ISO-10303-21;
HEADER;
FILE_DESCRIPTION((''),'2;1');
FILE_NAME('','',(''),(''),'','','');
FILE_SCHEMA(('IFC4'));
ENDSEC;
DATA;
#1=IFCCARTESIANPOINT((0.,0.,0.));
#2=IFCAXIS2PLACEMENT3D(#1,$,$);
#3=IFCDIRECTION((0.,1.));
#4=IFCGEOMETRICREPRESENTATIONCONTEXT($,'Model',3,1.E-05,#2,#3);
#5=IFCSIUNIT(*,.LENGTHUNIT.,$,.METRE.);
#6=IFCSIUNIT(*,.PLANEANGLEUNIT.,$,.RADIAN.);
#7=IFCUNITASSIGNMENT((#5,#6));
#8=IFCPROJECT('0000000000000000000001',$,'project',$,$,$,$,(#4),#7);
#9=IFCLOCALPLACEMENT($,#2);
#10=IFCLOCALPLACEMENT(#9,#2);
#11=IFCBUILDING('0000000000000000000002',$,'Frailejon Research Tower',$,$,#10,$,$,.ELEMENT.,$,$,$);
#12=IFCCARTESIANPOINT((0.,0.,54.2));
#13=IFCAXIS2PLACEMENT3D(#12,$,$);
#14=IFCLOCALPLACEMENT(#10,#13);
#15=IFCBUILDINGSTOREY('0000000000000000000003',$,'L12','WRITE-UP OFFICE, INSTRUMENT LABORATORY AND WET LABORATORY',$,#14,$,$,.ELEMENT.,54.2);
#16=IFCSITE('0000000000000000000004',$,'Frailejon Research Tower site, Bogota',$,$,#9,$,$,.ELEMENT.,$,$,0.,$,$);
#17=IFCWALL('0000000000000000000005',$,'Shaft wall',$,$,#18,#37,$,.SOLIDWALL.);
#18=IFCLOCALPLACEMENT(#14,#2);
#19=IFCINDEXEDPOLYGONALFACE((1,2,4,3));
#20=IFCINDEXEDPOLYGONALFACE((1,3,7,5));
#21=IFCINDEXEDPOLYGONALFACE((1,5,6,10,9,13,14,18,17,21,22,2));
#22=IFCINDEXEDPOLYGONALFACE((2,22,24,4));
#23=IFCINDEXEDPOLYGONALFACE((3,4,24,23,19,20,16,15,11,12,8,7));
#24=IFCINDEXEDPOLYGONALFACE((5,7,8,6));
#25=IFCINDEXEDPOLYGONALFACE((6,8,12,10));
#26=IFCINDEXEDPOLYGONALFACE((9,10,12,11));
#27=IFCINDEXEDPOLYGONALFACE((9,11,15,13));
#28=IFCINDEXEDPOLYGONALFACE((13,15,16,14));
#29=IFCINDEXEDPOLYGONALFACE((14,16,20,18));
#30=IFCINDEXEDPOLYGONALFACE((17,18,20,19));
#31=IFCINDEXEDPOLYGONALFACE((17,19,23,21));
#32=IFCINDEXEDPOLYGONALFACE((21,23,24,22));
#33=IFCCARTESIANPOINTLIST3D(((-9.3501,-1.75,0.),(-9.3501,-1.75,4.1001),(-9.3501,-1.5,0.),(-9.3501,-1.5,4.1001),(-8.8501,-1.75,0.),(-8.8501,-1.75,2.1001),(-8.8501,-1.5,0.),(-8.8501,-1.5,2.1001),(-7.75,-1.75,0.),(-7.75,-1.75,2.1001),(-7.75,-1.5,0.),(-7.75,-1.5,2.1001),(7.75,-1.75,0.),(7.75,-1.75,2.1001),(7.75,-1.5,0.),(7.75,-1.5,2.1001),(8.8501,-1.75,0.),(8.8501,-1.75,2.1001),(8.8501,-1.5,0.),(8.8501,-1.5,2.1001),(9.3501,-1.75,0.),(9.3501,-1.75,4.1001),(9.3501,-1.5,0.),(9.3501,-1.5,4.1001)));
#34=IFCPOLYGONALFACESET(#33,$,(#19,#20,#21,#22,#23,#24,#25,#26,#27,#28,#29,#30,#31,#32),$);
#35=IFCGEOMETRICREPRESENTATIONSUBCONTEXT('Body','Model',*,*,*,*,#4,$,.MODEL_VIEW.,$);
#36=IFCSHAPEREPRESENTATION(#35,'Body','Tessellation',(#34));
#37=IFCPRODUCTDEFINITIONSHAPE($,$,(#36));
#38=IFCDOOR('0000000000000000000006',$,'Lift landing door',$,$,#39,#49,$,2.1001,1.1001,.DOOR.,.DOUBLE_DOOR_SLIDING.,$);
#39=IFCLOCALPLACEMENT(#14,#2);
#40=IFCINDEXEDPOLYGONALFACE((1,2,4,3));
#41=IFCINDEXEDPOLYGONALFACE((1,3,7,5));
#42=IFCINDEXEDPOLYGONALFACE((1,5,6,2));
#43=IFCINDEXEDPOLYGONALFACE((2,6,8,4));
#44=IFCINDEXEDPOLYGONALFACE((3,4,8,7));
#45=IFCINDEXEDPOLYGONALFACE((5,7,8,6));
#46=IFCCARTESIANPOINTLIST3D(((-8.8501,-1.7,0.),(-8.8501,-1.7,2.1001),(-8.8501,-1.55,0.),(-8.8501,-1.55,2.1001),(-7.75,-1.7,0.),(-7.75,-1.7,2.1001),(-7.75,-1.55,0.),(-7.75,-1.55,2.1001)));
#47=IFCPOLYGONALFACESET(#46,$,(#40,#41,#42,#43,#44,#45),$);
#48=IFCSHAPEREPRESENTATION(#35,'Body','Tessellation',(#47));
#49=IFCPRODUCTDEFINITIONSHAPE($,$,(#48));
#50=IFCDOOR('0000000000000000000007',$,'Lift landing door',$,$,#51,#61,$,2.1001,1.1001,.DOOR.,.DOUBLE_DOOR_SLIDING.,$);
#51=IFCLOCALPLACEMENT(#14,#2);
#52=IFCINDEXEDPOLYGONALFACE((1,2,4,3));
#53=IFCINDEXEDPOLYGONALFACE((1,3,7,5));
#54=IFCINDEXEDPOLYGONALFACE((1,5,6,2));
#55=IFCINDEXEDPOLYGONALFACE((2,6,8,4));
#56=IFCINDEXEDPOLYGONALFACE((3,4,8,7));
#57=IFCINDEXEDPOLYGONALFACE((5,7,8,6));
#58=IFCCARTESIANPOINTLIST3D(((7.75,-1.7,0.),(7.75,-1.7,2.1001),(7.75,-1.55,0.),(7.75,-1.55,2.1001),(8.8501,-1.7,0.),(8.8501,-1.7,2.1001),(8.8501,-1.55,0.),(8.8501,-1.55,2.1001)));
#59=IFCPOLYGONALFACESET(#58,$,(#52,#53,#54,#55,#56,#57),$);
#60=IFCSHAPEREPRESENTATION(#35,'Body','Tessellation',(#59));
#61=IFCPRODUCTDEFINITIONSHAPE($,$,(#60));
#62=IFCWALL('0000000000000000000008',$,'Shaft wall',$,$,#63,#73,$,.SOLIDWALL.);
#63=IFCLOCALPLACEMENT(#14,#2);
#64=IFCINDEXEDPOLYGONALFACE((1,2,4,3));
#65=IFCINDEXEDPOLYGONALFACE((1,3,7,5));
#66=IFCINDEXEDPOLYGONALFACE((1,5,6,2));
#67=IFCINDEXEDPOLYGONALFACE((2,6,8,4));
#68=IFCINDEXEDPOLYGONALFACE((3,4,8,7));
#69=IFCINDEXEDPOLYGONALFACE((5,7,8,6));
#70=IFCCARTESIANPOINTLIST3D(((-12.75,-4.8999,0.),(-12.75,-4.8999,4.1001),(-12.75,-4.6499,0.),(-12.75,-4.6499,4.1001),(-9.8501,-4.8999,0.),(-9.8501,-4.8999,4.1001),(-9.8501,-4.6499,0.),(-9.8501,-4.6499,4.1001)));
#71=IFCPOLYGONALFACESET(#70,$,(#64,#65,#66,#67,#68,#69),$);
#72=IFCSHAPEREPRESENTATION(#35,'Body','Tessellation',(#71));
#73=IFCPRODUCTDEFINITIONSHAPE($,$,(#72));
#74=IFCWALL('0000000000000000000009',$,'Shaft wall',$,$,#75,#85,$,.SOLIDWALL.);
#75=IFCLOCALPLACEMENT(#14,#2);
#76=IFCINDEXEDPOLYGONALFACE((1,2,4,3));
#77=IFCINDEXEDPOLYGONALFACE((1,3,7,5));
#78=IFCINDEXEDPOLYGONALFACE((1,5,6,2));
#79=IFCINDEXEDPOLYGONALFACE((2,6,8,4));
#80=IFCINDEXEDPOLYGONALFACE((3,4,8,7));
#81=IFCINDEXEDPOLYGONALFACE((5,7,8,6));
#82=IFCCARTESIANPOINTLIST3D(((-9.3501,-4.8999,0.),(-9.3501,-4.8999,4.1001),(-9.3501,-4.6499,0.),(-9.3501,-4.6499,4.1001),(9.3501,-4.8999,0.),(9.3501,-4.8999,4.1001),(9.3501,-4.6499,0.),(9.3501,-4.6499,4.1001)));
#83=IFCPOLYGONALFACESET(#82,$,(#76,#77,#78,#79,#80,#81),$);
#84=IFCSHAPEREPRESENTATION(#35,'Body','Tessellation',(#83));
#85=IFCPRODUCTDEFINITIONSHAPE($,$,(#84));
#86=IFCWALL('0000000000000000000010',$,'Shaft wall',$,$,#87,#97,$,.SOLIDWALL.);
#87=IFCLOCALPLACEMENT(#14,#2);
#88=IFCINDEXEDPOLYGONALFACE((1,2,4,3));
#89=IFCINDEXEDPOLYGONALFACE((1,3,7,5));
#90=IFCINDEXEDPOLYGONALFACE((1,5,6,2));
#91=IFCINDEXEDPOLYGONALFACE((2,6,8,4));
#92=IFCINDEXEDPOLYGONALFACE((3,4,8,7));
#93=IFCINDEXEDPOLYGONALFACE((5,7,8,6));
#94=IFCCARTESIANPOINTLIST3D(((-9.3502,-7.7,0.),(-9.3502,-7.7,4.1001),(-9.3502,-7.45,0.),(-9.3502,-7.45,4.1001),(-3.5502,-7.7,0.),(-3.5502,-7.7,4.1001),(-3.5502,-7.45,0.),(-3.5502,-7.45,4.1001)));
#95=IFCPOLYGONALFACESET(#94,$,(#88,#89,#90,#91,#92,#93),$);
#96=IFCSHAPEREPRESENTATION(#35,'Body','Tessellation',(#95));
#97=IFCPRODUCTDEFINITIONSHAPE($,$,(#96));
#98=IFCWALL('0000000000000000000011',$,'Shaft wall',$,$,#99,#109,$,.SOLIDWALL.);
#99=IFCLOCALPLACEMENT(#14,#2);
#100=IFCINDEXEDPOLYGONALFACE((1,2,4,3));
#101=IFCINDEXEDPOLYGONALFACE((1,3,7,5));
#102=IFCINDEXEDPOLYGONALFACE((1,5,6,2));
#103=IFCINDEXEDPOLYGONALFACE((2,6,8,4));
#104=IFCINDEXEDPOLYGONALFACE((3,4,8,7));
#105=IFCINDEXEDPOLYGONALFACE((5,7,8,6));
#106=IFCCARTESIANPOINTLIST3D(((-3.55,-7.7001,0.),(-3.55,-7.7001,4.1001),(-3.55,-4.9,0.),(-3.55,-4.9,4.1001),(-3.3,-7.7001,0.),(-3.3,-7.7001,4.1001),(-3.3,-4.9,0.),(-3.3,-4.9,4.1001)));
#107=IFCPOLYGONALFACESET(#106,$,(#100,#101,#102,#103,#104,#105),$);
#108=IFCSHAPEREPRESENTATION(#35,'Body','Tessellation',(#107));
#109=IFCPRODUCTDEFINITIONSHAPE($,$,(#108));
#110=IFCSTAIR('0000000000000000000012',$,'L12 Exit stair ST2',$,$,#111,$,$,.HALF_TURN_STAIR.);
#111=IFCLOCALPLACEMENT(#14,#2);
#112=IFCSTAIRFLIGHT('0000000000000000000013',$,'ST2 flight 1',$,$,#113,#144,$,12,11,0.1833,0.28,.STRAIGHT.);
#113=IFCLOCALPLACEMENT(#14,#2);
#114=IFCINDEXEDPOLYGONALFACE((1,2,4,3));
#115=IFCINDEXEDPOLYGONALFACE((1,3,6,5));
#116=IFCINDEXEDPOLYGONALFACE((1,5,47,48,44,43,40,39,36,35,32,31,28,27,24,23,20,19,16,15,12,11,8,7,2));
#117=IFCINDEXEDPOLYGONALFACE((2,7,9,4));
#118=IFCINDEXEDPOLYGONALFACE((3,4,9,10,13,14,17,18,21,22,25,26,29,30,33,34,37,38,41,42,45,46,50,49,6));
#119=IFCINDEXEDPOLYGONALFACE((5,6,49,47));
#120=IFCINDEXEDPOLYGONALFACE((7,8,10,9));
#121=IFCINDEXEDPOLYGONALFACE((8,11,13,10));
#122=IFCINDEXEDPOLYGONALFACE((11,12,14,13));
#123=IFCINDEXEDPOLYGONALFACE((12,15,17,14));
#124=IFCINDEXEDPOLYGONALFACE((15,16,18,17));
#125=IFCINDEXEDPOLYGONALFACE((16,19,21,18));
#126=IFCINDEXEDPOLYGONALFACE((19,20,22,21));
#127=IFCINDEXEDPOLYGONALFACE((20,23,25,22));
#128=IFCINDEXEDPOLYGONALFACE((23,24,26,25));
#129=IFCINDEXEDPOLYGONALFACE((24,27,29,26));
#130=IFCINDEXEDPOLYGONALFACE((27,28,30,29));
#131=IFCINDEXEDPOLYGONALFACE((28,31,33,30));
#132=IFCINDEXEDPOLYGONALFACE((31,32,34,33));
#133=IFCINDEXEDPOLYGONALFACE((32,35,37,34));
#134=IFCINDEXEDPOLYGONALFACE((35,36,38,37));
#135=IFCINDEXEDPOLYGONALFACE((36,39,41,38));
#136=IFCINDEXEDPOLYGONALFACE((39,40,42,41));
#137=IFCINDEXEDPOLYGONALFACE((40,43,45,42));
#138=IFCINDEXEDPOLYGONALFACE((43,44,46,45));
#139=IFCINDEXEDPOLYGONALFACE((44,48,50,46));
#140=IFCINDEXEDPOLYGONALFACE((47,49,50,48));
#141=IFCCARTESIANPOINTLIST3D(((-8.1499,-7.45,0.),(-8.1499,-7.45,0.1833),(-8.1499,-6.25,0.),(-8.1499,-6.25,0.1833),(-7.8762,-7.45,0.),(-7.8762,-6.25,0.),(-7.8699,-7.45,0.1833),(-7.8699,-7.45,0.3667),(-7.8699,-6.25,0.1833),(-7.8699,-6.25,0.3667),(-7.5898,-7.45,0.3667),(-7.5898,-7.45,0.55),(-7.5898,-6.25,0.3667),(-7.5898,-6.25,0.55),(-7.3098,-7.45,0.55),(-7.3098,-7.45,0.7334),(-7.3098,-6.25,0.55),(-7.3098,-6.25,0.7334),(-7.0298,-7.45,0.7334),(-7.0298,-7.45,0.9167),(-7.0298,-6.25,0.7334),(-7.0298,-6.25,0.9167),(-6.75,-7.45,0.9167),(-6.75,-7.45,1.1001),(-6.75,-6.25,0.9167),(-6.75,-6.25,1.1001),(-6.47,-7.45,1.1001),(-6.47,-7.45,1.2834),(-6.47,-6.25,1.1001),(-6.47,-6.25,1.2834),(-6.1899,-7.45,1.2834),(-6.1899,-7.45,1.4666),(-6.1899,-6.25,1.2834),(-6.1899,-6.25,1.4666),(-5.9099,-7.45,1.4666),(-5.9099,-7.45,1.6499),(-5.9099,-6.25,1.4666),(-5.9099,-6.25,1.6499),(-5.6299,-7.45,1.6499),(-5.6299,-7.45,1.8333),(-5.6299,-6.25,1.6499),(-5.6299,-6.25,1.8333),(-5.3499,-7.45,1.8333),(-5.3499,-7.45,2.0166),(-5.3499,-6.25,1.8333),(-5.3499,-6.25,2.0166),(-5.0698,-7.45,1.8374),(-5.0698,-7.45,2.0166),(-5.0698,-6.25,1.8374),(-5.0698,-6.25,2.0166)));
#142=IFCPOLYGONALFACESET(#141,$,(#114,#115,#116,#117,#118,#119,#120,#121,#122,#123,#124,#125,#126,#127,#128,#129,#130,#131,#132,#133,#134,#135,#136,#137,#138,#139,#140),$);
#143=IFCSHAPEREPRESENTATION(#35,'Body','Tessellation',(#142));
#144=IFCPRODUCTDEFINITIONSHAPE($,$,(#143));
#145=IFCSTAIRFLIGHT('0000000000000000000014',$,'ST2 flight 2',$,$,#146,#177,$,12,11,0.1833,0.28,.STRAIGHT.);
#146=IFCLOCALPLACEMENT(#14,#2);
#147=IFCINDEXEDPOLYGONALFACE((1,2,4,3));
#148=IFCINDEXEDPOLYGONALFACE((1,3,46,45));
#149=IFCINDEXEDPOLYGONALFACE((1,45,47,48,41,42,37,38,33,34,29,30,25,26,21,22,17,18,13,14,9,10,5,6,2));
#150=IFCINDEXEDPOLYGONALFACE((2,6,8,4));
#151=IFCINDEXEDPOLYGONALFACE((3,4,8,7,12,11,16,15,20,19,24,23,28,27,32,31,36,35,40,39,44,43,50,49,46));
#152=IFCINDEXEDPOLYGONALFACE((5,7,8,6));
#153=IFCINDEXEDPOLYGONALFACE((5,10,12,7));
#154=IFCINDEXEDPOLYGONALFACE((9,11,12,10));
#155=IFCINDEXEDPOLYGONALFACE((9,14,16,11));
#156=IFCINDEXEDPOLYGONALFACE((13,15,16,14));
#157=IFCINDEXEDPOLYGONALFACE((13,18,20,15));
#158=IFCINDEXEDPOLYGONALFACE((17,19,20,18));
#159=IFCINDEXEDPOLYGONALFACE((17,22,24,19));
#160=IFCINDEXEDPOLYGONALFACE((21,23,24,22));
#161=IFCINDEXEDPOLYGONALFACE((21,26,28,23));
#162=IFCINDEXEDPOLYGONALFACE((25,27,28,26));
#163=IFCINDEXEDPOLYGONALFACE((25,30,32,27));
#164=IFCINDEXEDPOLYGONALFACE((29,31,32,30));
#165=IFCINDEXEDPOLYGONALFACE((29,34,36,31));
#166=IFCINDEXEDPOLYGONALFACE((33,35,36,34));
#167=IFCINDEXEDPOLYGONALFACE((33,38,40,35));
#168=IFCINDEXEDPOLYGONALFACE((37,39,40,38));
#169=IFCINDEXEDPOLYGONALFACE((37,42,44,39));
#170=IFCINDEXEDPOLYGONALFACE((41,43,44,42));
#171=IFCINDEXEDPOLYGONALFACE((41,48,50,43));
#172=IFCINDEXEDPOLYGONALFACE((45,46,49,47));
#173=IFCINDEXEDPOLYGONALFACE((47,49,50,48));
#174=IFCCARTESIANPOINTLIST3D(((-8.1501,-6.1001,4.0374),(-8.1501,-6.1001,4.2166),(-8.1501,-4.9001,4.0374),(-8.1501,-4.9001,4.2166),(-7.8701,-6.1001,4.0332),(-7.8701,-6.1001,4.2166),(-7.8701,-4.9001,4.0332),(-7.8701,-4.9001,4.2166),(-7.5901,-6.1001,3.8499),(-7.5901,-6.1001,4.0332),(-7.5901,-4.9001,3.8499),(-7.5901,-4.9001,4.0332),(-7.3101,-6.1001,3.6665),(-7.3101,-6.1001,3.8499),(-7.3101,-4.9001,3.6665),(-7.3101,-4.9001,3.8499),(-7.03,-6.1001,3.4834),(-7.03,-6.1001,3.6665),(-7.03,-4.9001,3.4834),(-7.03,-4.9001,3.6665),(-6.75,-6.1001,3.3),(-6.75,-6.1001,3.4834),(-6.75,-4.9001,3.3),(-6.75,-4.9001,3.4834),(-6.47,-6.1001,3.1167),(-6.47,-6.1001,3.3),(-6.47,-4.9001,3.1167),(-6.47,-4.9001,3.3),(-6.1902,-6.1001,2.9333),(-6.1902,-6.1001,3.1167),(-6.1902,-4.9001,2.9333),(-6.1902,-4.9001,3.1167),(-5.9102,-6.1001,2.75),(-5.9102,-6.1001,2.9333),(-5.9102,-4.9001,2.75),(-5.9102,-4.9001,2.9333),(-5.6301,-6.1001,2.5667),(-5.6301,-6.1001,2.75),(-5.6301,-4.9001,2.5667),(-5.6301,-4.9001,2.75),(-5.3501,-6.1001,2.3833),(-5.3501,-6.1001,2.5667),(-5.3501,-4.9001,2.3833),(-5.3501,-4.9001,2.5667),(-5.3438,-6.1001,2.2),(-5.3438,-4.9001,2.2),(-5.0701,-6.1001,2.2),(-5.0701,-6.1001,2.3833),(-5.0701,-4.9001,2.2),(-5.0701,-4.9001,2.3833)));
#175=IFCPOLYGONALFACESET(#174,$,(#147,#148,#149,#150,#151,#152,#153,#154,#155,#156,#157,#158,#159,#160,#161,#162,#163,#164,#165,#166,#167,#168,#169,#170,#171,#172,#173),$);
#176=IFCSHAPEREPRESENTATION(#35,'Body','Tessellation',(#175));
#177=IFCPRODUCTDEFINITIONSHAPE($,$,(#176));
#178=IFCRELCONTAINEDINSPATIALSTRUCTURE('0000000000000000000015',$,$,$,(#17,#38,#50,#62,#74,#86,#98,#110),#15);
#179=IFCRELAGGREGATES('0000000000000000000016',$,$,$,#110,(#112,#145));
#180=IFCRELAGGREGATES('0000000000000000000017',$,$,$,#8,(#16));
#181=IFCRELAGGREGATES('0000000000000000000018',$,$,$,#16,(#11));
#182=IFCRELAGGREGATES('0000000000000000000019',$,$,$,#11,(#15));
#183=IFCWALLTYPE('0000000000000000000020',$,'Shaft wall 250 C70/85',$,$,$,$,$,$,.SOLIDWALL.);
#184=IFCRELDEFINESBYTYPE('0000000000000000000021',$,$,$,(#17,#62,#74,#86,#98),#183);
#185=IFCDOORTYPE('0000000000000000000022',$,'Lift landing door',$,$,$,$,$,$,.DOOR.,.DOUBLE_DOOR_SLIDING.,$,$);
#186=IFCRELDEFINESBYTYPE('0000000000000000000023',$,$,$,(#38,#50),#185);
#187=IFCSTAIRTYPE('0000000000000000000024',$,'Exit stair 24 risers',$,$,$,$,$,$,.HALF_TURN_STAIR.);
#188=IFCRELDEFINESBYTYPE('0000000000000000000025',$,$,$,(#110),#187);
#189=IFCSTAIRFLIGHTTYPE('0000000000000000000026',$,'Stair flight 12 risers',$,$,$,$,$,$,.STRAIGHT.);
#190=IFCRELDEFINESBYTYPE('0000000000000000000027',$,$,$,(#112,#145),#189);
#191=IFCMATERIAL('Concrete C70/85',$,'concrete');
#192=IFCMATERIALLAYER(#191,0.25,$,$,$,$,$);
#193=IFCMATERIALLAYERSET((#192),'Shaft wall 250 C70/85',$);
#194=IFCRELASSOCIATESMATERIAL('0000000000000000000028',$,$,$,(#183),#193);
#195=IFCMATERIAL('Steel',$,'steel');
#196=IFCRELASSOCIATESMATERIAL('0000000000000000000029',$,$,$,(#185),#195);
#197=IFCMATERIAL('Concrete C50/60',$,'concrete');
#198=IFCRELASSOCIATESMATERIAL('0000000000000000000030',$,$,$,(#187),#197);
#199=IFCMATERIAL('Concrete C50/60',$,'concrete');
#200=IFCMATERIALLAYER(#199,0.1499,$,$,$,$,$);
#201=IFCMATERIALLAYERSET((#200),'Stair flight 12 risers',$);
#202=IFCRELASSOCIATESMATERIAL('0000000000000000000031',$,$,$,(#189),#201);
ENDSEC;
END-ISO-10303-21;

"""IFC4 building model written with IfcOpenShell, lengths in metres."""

from ifc_helpers import new_model, si_unit, direction, frame, frame_2d, origin, place, context, subcontext, project, spatial, polyline, rectangle, outline, extrude, material, layer, layer_set, type_object, element, fill, aggregate, save


model = new_model("IFC4")

# Units and contexts
model_context = context("Model", 3, precision=1e-05, world=origin(), true_north=direction((0.0, 1.0)))
body_context = subcontext(model_context, "Body", "Model", "MODEL_VIEW")
ifc_project = project(units=[si_unit("LENGTHUNIT", "METRE"), si_unit("PLANEANGLEUNIT", "RADIAN")], contexts=[model_context])

# Site, building, storey
site_placement = place(None, origin())
site = spatial("IfcSite", under=ifc_project, at=site_placement, Name="Frailejon Research Tower site, Bogota", CompositionType="ELEMENT", RefElevation=0.0)
building_placement = place(site_placement, origin())
building = spatial("IfcBuilding", under=site, at=building_placement, Name="Frailejon Research Tower", CompositionType="ELEMENT")
storey_placement = place(building_placement, frame((0.0, 0.0, 54.2)))
storey = spatial("IfcBuildingStorey", under=building, at=storey_placement, Name="L12", Description="WRITE-UP OFFICE, INSTRUMENT LABORATORY AND WET LABORATORY", CompositionType="ELEMENT", Elevation=54.2)

# Shared definitions
ifc_material_1 = material(Name="Concrete C70/85", Category="concrete")
ifc_layer_1 = layer(ifc_material_1, 0.25)
ifc_layer_set_1 = layer_set([ifc_layer_1], Name="Shaft wall 250 C70/85")
wall_type_1 = type_object("IfcWallType", Name="Shaft wall 250 C70/85", PredefinedType="SOLIDWALL", material=ifc_layer_set_1)
ifc_material_2 = material(Name="Steel", Category="steel")
door_type_1 = type_object("IfcDoorType", Name="Lift landing door", OperationType="DOUBLE_DOOR_SLIDING", PredefinedType="DOOR", material=ifc_material_2)

# Wall, openings, doors
wall_1_placement = place(storey_placement, frame((-9.3501, -1.625, 0.0), z_axis=(0.0, 0.0, 1.0), x_axis=(1.0, 0.0, 0.0)))
wall_1 = element("IfcWall", 1, at=wall_1_placement, inside=storey, type_object=wall_type_1, Name="Shaft wall", PredefinedType="SOLIDWALL", context=body_context, shape_type="SweptSolid", body=[
    extrude(rectangle(XDim=18.7002, YDim=0.25, at=frame_2d((9.3501, 0.0))), origin(), (0.0, 0.0, 1.0), 4.1001),
])
opening_1_placement = place(wall_1_placement, frame((0.5, 0.0, 0.0)))
opening_1 = element("IfcOpeningElement", 2, at=opening_1_placement, cuts=wall_1, PredefinedType="OPENING", context=body_context, shape_type="SweptSolid", body=[
    extrude(rectangle(XDim=1.1001, YDim=2.1001, at=frame_2d((0.55, 1.05))), frame((0.0, 0.135, 0.0), z_axis=(0.0, -1.0, 0.0), x_axis=(1.0, 0.0, 0.0)), (0.0, 0.0, 1.0), 0.27),
])
opening_2_placement = place(wall_1_placement, frame((17.1001, 0.0, 0.0)))
opening_2 = element("IfcOpeningElement", 3, at=opening_2_placement, cuts=wall_1, PredefinedType="OPENING", context=body_context, shape_type="SweptSolid", body=[
    extrude(rectangle(XDim=1.1001, YDim=2.1001, at=frame_2d((0.55, 1.05))), frame((0.0, 0.135, 0.0), z_axis=(0.0, -1.0, 0.0), x_axis=(1.0, 0.0, 0.0)), (0.0, 0.0, 1.0), 0.27),
])
door_1_placement = place(opening_1_placement, origin())
door_1 = element("IfcDoor", 4, at=door_1_placement, inside=storey, type_object=door_type_1, Name="Lift landing door", OperationType="DOUBLE_DOOR_SLIDING", OverallHeight=2.1001, OverallWidth=1.1001, PredefinedType="DOOR", context=body_context, shape_type="SweptSolid", body=[
    extrude(rectangle(XDim=1.1001, YDim=2.1001, at=frame_2d((0.55, 1.05))), frame((0.0, 0.075, 0.0), z_axis=(0.0, -1.0, 0.0), x_axis=(1.0, 0.0, 0.0)), (0.0, 0.0, 1.0), 0.1499),
])
fill(opening_1, door_1)
door_2_placement = place(opening_2_placement, origin())
door_2 = element("IfcDoor", 5, at=door_2_placement, inside=storey, type_object=door_type_1, Name="Lift landing door", OperationType="DOUBLE_DOOR_SLIDING", OverallHeight=2.1001, OverallWidth=1.1001, PredefinedType="DOOR", context=body_context, shape_type="SweptSolid", body=[
    extrude(rectangle(XDim=1.1001, YDim=2.1001, at=frame_2d((0.55, 1.05))), frame((0.0, 0.075, 0.0), z_axis=(0.0, -1.0, 0.0), x_axis=(1.0, 0.0, 0.0)), (0.0, 0.0, 1.0), 0.1499),
])
fill(opening_2, door_2)

# Walls
wall_2_placement = place(storey_placement, frame((-12.75, -4.7749, 0.0), z_axis=(0.0, 0.0, 1.0), x_axis=(1.0, 0.0, 0.0)))
element("IfcWall", 6, at=wall_2_placement, inside=storey, type_object=wall_type_1, Name="Shaft wall", PredefinedType="SOLIDWALL", context=body_context, shape_type="SweptSolid", body=[
    extrude(rectangle(XDim=2.8999, YDim=0.25, at=frame_2d((1.45, 0.0))), origin(), (0.0, 0.0, 1.0), 4.1001),
])
wall_3_placement = place(storey_placement, frame((-9.3501, -4.7749, 0.0), z_axis=(0.0, 0.0, 1.0), x_axis=(1.0, 0.0, 0.0)))
element("IfcWall", 7, at=wall_3_placement, inside=storey, type_object=wall_type_1, Name="Shaft wall", PredefinedType="SOLIDWALL", context=body_context, shape_type="SweptSolid", body=[
    extrude(rectangle(XDim=18.7002, YDim=0.25, at=frame_2d((9.3501, 0.0))), origin(), (0.0, 0.0, 1.0), 4.1001),
])
wall_4_placement = place(storey_placement, frame((-9.3501, -7.575, 0.0), z_axis=(0.0, 0.0, 1.0), x_axis=(1.0, 0.0, 0.0)))
element("IfcWall", 8, at=wall_4_placement, inside=storey, type_object=wall_type_1, Name="Shaft wall", PredefinedType="SOLIDWALL", context=body_context, shape_type="SweptSolid", body=[
    extrude(rectangle(XDim=5.8, YDim=0.25, at=frame_2d((2.8999, 0.0))), origin(), (0.0, 0.0, 1.0), 4.1001),
])
wall_5_placement = place(storey_placement, frame((-3.425, -7.7, 0.0), z_axis=(0.0, 0.0, 1.0), x_axis=(0.0, 1.0, 0.0)))
element("IfcWall", 9, at=wall_5_placement, inside=storey, type_object=wall_type_1, Name="Shaft wall", PredefinedType="SOLIDWALL", context=body_context, shape_type="SweptSolid", body=[
    extrude(rectangle(XDim=2.8, YDim=0.25, at=frame_2d((1.3999, 0.0))), origin(), (0.0, 0.0, 1.0), 4.1001),
])

# Stair, stair flights
ifc_material_3 = material(Name="Concrete C50/60", Category="concrete")
stair_type = type_object("IfcStairType", Name="Exit stair 24 risers", PredefinedType="HALF_TURN_STAIR", material=ifc_material_3)
stair_placement = place(storey_placement, origin())
stair = element("IfcStair", 10, at=stair_placement, inside=storey, type_object=stair_type, Name="L12 Exit stair ST2", PredefinedType="HALF_TURN_STAIR")
ifc_material_4 = material(Name="Concrete C50/60", Category="concrete")
ifc_layer_2 = layer(ifc_material_4, 0.1499)
ifc_layer_set_2 = layer_set([ifc_layer_2], Name="Stair flight 12 risers")
stair_flight_type = type_object("IfcStairFlightType", Name="Stair flight 12 risers", PredefinedType="STRAIGHT", material=ifc_layer_set_2)
stair_flight_1_placement = place(storey_placement, frame((-8.1499, -6.8501, 0.0), z_axis=(0.0, 0.0, 1.0), x_axis=(1.0, 0.0, 0.0)))
stair_flight_1 = element("IfcStairFlight", 11, at=stair_flight_1_placement, type_object=stair_flight_type, Name="ST2 flight 1", NumberOfRisers=12, NumberOfTreads=11, PredefinedType="STRAIGHT", RiserHeight=0.1833, TreadLength=0.28, context=body_context, shape_type="SweptSolid", body=[
    extrude(outline(polyline([(0.0, 0.0), (0.0, 0.1833), (0.28, 0.1833), (0.28, 0.3667), (0.5601, 0.3667), (0.5601, 0.55), (0.8401, 0.55), (0.8401, 0.7334), (1.1201, 0.7334), (1.1201, 0.9167), (1.3999, 0.9167), (1.3999, 1.1001), (1.6799, 1.1001), (1.6799, 1.2834), (1.96, 1.2834), (1.96, 1.4666), (2.24, 1.4666), (2.24, 1.6499), (2.52, 1.6499), (2.52, 1.8333), (2.8, 1.8333), (2.8, 2.0166), (3.0801, 2.0166), (3.0801, 2.2), (3.0801, 1.8374), (0.2737, 0.0), (0.0, 0.0)])), frame((0.0, 0.6001, 0.0), z_axis=(0.0, -1.0, 0.0), x_axis=(1.0, 0.0, 0.0)), (0.0, 0.0, 1.0), 1.2),
])
stair_flight_2_placement = place(storey_placement, frame((-5.0701, -5.5, 2.2), z_axis=(0.0, 0.0, 1.0), x_axis=(-1.0, 0.0, 0.0)))
stair_flight_2 = element("IfcStairFlight", 12, at=stair_flight_2_placement, type_object=stair_flight_type, Name="ST2 flight 2", NumberOfRisers=12, NumberOfTreads=11, PredefinedType="STRAIGHT", RiserHeight=0.1833, TreadLength=0.28, context=body_context, shape_type="SweptSolid", body=[
    extrude(outline(polyline([(0.0, 0.0), (0.0, 0.1833), (0.28, 0.1833), (0.28, 0.3667), (0.5601, 0.3667), (0.5601, 0.55), (0.8401, 0.55), (0.8401, 0.7334), (1.1201, 0.7334), (1.1201, 0.9167), (1.3999, 0.9167), (1.3999, 1.1001), (1.6799, 1.1001), (1.6799, 1.2834), (1.96, 1.2834), (1.96, 1.4666), (2.24, 1.4666), (2.24, 1.6499), (2.52, 1.6499), (2.52, 1.8333), (2.8, 1.8333), (2.8, 2.0166), (3.0801, 2.0166), (3.0801, 2.2), (3.0801, 1.8374), (0.2737, 0.0), (0.0, 0.0)])), frame((0.0, 0.6001, 0.0), z_axis=(0.0, -1.0, 0.0), x_axis=(1.0, 0.0, 0.0)), (0.0, 0.0, 1.0), 1.2),
])
aggregate(stair, [stair_flight_1, stair_flight_2])

save(model, "model.ifc")
